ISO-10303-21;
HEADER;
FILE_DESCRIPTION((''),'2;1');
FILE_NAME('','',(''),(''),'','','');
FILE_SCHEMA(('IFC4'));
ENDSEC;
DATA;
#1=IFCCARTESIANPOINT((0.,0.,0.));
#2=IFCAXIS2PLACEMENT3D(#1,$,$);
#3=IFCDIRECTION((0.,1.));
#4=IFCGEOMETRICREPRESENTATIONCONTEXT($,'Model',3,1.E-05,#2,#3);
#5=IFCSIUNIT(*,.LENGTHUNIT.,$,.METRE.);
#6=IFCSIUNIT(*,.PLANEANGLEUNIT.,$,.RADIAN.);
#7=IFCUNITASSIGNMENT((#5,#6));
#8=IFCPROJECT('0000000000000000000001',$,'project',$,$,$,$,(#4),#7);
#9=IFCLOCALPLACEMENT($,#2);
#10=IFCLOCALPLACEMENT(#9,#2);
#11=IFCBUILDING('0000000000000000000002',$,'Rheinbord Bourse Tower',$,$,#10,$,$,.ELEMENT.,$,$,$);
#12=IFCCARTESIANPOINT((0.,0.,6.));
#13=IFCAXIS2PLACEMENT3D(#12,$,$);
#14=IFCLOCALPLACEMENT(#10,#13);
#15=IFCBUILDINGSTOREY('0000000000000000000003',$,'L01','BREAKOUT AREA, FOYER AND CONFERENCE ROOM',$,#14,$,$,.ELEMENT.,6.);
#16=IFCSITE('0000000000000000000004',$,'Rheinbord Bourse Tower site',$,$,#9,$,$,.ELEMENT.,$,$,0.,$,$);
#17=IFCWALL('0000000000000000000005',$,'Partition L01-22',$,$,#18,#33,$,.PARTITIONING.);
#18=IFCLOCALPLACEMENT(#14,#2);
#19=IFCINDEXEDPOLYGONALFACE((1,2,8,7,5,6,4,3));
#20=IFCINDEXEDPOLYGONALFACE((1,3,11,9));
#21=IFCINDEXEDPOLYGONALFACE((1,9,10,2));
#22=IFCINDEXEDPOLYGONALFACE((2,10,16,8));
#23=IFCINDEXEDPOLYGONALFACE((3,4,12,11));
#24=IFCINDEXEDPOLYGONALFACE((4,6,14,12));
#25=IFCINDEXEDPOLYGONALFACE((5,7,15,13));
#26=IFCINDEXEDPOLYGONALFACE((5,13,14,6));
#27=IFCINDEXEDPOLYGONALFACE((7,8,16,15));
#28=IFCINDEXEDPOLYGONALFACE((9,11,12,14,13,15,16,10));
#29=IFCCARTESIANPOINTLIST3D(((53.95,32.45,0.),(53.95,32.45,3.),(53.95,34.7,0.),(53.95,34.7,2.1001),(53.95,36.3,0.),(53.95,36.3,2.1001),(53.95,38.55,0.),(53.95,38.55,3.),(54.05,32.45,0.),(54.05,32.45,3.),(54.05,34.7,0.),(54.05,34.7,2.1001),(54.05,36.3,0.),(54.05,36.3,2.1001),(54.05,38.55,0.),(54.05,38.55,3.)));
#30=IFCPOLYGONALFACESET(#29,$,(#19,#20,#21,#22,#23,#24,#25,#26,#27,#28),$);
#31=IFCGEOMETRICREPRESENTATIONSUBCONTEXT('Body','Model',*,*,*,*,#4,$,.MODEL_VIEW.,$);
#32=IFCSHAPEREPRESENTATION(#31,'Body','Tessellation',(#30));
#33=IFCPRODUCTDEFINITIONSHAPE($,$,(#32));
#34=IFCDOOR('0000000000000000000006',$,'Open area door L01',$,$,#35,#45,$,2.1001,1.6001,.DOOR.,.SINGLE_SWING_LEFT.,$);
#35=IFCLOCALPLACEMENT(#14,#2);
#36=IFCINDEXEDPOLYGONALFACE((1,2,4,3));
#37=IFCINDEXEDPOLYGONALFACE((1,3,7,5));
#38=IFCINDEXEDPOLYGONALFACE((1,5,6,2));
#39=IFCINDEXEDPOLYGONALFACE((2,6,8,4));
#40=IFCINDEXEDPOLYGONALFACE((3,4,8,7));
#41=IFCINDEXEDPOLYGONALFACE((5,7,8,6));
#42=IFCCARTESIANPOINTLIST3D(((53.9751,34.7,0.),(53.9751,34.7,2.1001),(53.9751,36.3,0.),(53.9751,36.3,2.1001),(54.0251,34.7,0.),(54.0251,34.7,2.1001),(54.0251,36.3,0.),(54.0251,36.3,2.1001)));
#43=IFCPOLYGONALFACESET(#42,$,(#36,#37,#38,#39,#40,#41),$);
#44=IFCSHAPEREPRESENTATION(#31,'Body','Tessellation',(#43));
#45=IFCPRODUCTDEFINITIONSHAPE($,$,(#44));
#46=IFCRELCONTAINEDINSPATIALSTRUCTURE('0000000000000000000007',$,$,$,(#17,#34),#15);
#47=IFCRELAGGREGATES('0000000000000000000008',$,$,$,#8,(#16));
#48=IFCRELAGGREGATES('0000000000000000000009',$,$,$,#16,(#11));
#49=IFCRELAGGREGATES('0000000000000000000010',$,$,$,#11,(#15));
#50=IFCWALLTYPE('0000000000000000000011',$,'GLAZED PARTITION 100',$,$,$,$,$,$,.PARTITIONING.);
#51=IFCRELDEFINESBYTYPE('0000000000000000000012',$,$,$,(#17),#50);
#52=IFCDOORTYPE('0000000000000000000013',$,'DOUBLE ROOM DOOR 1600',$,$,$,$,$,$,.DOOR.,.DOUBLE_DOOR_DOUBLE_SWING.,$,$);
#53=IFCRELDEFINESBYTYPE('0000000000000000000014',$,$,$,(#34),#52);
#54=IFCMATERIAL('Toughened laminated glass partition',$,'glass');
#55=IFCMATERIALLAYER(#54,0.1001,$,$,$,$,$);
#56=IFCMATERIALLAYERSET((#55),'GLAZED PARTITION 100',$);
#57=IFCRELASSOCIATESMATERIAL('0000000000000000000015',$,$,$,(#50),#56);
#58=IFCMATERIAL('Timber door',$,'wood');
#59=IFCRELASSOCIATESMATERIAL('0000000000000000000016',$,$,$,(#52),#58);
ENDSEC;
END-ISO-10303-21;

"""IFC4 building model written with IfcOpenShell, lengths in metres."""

from ifc_helpers import new_model, si_unit, direction, frame, frame_2d, origin, place, context, subcontext, project, spatial, rectangle, extrude, material, layer, layer_set, type_object, element, fill, save


model = new_model("IFC4")

# Units and contexts
model_context = context("Model", 3, precision=1e-05, world=origin(), true_north=direction((0.0, 1.0)))
body_context = subcontext(model_context, "Body", "Model", "MODEL_VIEW")
ifc_project = project(units=[si_unit("LENGTHUNIT", "METRE"), si_unit("PLANEANGLEUNIT", "RADIAN")], contexts=[model_context])

# Site, building, storey
site_placement = place(None, origin())
site = spatial("IfcSite", under=ifc_project, at=site_placement, Name="Rheinbord Bourse Tower site", CompositionType="ELEMENT", RefElevation=0.0)
building_placement = place(site_placement, origin())
building = spatial("IfcBuilding", under=site, at=building_placement, Name="Rheinbord Bourse Tower", CompositionType="ELEMENT")
storey_placement = place(building_placement, frame((0.0, 0.0, 6.0)))
storey = spatial("IfcBuildingStorey", under=building, at=storey_placement, Name="L01", Description="BREAKOUT AREA, FOYER AND CONFERENCE ROOM", CompositionType="ELEMENT", Elevation=6.0)

# Wall, opening, door
ifc_material_1 = material(Name="Toughened laminated glass partition", Category="glass")
ifc_layer_1 = layer(ifc_material_1, 0.1001)
ifc_layer_set_1 = layer_set([ifc_layer_1], Name="GLAZED PARTITION 100")
wall_type_1 = type_object("IfcWallType", Name="GLAZED PARTITION 100", PredefinedType="PARTITIONING", material=ifc_layer_set_1)
wall_1_placement = place(storey_placement, frame((54.0, 32.45, 0.0), z_axis=(0.0, 0.0, 1.0), x_axis=(0.0, 1.0, 0.0)))
wall_1 = element("IfcWall", 1, at=wall_1_placement, inside=storey, type_object=wall_type_1, Name="Partition L01-22", PredefinedType="PARTITIONING", context=body_context, shape_type="SweptSolid", body=[
    extrude(rectangle(XDim=6.1001, YDim=0.1001, at=frame_2d((3.05, 0.0))), origin(), (0.0, 0.0, 1.0), 3.0),
])
opening_placement = place(wall_1_placement, frame((2.25, 0.0, 0.0)))
opening = element("IfcOpeningElement", 2, at=opening_placement, cuts=wall_1, PredefinedType="OPENING", context=body_context, shape_type="SweptSolid", body=[
    extrude(rectangle(XDim=1.6001, YDim=2.1001, at=frame_2d((0.8, 1.05))), frame((0.0, 0.0601, 0.0), z_axis=(0.0, -1.0, 0.0), x_axis=(1.0, 0.0, 0.0)), (0.0, 0.0, 1.0), 0.1201),
])
ifc_material_2 = material(Name="Timber door", Category="wood")
door_type = type_object("IfcDoorType", Name="DOUBLE ROOM DOOR 1600", OperationType="DOUBLE_DOOR_DOUBLE_SWING", PredefinedType="DOOR", material=ifc_material_2)
door_placement = place(opening_placement, origin())
door = element("IfcDoor", 3, at=door_placement, inside=storey, type_object=door_type, Name="Open area door L01", OperationType="SINGLE_SWING_LEFT", OverallHeight=2.1001, OverallWidth=1.6001, PredefinedType="DOOR", context=body_context, shape_type="SweptSolid", body=[
    extrude(rectangle(XDim=1.6001, YDim=2.1001, at=frame_2d((0.8, 1.05))), frame((0.0, 0.0249, 0.0), z_axis=(0.0, -1.0, 0.0), x_axis=(1.0, 0.0, 0.0)), (0.0, 0.0, 1.0), 0.05),
])
fill(opening, door)

save(model, "model.ifc")
